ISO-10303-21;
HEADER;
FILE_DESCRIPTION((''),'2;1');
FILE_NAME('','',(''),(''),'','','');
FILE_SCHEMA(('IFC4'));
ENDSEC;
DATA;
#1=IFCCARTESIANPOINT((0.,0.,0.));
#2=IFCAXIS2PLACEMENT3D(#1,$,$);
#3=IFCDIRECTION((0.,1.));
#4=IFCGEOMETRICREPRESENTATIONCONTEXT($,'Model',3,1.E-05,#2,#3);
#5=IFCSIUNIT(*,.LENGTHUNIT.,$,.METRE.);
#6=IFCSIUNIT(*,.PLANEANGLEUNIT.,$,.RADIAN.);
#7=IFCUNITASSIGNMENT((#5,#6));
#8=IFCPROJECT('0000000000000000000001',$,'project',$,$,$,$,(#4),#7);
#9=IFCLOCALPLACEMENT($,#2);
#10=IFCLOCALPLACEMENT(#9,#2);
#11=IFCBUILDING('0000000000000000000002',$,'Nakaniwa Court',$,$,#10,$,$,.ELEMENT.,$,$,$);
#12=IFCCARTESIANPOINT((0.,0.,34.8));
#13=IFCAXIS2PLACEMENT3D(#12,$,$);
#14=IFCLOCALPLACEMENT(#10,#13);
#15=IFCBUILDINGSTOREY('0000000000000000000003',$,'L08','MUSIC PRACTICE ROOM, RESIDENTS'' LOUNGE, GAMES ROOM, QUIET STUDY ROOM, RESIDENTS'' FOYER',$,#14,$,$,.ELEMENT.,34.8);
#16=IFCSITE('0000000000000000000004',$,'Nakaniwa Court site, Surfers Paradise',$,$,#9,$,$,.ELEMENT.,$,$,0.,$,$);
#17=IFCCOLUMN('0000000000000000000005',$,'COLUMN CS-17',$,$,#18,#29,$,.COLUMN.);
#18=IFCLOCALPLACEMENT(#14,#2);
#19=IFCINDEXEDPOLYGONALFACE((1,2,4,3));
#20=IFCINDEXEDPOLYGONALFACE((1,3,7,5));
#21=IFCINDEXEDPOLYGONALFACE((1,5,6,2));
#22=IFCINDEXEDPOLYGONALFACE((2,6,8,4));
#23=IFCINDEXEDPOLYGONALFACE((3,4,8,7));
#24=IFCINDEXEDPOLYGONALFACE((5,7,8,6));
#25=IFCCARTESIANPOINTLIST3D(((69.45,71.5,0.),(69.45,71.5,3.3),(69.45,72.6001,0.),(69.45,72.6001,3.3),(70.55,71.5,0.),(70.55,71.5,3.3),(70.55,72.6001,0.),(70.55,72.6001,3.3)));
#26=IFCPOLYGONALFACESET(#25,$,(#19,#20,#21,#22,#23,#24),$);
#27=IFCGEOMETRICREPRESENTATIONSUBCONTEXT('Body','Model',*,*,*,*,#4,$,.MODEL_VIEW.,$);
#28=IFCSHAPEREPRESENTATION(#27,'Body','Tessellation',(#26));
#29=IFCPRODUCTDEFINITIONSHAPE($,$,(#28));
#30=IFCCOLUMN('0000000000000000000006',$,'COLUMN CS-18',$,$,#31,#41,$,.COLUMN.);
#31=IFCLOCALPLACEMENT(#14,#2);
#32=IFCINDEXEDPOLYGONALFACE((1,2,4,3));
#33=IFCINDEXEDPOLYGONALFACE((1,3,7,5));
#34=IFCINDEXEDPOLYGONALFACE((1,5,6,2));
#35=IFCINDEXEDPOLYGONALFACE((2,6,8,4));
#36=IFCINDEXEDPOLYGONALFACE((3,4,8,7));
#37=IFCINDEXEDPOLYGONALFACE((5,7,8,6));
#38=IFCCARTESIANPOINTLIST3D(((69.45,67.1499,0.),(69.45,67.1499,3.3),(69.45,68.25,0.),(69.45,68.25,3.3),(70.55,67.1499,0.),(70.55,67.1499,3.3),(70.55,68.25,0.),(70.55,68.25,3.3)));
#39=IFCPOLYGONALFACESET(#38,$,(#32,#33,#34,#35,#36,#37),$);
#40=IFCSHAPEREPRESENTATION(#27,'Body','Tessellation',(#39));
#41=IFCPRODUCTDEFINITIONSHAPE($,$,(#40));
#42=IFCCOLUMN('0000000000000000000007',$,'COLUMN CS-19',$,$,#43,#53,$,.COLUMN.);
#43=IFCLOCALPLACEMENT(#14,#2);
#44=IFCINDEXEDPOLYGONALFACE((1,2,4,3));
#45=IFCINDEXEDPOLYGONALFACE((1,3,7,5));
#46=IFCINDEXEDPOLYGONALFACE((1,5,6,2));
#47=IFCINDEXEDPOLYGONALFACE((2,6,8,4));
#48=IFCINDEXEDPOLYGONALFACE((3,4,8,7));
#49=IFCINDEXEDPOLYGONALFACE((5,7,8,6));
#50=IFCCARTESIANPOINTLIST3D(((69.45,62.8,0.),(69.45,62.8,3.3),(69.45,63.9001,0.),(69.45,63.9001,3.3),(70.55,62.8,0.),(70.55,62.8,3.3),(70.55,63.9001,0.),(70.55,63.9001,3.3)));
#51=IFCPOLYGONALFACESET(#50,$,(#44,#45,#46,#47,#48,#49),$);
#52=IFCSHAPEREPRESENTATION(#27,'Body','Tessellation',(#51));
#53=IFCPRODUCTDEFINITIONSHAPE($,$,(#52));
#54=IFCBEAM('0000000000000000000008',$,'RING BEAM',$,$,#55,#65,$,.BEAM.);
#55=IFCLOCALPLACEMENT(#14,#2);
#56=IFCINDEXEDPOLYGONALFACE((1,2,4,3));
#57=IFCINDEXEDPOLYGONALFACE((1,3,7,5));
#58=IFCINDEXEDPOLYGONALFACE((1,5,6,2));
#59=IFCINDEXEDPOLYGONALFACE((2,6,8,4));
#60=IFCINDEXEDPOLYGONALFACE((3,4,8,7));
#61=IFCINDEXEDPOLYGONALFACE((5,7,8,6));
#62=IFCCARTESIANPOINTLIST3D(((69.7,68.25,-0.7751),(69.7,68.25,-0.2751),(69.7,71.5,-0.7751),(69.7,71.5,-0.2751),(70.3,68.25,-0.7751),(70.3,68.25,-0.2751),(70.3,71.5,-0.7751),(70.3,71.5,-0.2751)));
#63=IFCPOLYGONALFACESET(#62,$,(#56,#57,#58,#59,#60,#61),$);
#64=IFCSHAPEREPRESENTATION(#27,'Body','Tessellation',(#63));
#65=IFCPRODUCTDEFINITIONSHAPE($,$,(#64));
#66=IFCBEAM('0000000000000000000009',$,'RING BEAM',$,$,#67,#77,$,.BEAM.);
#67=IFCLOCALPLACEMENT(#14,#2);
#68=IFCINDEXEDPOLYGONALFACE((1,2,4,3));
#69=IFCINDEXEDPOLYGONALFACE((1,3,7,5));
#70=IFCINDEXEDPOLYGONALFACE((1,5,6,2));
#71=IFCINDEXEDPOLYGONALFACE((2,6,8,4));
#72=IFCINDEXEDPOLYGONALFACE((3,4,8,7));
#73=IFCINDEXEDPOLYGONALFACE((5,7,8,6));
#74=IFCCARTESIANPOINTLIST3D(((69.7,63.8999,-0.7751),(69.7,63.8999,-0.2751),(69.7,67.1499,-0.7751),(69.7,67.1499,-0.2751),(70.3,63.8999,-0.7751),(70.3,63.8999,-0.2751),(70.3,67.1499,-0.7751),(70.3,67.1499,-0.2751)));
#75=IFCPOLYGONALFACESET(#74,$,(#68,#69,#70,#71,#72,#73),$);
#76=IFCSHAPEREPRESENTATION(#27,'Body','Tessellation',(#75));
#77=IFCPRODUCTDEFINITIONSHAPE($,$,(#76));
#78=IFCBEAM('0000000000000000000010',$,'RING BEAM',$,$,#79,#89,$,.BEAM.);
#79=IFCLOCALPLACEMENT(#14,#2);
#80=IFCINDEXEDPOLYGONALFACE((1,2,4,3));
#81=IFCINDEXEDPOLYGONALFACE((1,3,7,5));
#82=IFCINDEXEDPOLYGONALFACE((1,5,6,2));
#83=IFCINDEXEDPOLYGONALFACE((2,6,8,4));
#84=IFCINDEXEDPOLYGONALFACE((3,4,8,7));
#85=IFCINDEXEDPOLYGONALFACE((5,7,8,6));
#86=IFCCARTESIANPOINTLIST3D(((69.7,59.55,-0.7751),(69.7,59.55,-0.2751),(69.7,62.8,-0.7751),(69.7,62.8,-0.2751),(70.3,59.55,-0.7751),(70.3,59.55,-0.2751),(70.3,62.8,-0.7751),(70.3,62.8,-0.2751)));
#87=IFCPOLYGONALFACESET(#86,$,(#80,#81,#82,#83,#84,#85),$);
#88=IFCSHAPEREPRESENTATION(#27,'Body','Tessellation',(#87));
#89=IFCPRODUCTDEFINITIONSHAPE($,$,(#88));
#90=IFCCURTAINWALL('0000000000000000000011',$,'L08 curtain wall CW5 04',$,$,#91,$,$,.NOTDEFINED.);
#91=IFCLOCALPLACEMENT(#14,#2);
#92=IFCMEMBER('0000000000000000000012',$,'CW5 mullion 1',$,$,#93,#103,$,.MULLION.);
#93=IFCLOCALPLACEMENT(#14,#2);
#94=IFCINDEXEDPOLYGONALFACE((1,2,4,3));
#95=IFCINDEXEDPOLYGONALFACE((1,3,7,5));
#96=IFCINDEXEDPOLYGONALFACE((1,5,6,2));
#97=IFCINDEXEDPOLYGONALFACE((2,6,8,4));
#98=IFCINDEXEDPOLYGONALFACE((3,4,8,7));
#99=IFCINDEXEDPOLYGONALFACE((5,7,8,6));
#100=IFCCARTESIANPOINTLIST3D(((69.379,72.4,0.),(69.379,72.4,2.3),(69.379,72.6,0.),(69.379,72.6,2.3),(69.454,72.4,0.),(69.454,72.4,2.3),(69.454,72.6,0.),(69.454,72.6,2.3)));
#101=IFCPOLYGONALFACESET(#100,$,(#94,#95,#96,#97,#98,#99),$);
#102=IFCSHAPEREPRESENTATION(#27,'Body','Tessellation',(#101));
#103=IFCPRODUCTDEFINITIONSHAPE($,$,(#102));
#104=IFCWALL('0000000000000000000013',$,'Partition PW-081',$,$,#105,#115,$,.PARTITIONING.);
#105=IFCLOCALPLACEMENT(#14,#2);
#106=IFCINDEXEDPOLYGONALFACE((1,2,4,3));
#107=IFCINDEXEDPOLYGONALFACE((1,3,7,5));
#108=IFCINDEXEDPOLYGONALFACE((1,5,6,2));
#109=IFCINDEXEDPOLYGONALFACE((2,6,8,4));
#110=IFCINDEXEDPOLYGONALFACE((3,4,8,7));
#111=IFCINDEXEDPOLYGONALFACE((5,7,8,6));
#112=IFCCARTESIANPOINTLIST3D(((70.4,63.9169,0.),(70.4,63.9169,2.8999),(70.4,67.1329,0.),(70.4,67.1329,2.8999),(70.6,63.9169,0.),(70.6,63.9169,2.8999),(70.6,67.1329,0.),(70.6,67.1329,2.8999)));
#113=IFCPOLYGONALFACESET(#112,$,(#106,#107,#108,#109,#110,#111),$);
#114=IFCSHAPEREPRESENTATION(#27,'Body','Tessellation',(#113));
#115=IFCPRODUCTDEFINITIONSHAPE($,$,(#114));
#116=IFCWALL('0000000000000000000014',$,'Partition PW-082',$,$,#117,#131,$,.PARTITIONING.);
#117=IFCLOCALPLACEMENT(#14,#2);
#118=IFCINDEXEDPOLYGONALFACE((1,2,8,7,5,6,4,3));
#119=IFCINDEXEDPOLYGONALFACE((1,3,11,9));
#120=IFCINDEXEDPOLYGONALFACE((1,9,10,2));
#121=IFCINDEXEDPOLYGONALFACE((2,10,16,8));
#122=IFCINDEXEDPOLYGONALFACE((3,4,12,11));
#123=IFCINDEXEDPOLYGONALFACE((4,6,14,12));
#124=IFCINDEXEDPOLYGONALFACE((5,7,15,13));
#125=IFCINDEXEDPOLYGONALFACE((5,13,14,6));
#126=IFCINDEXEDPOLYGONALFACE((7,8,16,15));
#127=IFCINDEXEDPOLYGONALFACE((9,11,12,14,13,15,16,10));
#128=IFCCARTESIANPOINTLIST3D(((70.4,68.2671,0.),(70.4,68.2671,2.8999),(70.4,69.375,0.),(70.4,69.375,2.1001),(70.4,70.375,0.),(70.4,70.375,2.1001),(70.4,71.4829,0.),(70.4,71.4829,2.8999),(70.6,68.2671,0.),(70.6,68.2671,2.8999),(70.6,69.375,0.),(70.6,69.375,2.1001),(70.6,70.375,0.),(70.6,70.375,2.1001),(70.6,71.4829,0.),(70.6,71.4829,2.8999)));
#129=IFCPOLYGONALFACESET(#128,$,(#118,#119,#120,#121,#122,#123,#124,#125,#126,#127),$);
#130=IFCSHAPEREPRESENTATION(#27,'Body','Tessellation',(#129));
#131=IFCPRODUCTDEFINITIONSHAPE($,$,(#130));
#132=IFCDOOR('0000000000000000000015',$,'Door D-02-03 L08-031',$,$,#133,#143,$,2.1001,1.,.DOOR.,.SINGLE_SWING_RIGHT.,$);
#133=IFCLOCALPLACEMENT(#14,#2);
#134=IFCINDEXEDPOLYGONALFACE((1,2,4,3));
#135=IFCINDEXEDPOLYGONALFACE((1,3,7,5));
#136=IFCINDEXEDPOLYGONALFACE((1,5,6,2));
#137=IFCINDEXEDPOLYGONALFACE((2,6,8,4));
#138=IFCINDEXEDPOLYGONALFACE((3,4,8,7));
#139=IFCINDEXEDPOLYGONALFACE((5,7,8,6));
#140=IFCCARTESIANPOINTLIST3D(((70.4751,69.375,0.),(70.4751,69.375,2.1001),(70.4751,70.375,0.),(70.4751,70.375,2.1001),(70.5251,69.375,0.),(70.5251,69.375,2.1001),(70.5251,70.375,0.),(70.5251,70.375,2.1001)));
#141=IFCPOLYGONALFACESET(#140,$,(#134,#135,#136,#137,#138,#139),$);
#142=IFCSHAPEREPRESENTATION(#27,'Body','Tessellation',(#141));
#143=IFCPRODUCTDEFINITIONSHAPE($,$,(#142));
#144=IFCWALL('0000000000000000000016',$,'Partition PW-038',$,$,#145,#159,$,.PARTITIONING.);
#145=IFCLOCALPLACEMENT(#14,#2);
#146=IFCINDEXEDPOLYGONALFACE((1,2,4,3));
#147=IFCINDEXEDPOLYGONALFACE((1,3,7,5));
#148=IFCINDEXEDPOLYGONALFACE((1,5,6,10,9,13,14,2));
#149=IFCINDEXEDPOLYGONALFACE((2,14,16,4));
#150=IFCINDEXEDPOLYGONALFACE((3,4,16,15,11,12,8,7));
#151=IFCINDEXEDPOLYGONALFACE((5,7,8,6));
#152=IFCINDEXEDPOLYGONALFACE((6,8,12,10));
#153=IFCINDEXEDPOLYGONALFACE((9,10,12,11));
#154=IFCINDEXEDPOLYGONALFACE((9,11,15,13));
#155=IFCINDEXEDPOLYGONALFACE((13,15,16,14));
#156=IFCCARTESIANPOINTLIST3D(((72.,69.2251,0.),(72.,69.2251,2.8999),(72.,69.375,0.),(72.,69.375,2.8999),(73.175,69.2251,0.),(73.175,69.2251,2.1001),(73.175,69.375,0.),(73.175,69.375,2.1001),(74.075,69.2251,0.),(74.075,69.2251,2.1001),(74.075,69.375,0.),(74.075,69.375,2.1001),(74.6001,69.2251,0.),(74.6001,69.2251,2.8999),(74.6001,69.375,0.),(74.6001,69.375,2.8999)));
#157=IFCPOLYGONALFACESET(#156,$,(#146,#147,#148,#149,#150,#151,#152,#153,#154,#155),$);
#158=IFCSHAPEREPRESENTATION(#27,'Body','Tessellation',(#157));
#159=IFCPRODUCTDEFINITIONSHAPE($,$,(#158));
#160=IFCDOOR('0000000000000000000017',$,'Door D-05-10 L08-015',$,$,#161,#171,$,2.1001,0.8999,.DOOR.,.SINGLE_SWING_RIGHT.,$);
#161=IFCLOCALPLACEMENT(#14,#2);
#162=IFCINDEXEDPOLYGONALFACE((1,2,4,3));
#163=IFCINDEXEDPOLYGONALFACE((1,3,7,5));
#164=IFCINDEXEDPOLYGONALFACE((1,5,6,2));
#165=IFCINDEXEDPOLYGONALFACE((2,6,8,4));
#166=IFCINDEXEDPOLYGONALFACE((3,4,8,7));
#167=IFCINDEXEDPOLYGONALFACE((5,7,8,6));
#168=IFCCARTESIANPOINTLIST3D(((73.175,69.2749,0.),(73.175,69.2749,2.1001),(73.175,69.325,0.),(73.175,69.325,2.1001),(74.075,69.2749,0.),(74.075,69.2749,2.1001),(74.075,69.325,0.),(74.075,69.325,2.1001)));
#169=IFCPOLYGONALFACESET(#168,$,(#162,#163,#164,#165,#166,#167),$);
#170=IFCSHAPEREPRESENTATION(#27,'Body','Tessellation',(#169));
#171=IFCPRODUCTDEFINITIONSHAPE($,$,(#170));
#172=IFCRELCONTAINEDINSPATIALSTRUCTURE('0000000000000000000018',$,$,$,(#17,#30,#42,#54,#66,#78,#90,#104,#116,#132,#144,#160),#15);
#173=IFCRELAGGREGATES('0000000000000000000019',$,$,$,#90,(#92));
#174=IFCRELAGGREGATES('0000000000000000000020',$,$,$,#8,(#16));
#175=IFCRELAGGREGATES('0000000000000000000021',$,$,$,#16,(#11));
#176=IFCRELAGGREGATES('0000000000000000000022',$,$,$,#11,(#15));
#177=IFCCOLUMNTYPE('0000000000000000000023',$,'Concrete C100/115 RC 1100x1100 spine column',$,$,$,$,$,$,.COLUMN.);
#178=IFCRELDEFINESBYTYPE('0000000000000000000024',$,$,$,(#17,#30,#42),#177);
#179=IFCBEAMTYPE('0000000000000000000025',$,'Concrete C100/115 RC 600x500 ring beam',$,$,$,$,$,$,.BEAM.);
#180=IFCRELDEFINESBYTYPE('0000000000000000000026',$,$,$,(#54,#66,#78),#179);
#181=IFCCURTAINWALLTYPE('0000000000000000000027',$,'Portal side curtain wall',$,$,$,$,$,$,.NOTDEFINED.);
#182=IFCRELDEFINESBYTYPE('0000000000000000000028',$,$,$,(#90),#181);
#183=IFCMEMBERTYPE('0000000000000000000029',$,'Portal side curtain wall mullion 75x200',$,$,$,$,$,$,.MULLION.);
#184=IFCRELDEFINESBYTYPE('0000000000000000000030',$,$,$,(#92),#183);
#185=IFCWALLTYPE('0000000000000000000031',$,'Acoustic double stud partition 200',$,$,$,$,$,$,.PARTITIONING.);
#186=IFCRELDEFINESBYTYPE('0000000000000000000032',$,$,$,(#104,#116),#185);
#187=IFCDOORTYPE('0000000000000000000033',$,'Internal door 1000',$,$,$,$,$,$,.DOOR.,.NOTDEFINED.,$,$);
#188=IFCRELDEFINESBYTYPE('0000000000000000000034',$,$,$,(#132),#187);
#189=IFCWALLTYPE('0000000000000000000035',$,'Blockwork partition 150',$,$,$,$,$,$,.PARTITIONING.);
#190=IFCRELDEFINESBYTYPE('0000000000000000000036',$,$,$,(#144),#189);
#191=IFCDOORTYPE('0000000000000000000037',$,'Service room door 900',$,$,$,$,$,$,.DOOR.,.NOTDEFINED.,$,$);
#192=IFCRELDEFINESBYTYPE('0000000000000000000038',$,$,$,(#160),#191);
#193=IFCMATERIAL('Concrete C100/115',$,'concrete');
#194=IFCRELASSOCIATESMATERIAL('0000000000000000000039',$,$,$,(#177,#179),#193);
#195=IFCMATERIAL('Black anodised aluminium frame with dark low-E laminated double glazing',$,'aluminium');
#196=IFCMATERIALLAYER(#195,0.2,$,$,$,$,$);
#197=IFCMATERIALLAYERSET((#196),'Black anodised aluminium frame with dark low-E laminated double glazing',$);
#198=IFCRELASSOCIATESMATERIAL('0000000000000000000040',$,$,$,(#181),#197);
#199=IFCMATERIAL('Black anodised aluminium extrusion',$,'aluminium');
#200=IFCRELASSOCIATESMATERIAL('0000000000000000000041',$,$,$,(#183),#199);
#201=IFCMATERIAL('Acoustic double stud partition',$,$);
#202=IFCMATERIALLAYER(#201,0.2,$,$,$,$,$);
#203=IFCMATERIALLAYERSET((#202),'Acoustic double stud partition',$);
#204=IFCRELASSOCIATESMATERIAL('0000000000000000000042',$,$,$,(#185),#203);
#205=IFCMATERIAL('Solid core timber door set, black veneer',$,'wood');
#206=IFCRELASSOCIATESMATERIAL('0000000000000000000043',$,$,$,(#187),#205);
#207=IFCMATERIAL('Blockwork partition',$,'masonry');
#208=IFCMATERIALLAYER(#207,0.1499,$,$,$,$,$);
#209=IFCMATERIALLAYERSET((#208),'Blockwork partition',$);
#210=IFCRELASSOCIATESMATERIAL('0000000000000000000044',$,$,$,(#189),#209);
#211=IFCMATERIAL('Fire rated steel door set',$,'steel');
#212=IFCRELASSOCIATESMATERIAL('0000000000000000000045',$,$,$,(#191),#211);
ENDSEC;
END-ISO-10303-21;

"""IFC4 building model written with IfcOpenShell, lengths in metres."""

from ifc_helpers import new_model, si_unit, direction, frame, frame_2d, origin, origin_2d, place, context, subcontext, project, spatial, rectangle, extrude, material, layer, layer_set, material_profile, profile_set, type_object, element, fill, aggregate, save


model = new_model("IFC4")

# Units and contexts
model_context = context("Model", 3, precision=1e-05, world=origin(), true_north=direction((0.0, 1.0)))
body_context = subcontext(model_context, "Body", "Model", "MODEL_VIEW")
ifc_project = project(units=[si_unit("LENGTHUNIT", "METRE"), si_unit("PLANEANGLEUNIT", "RADIAN")], contexts=[model_context])

# Site, building, storey
site_placement = place(None, origin())
site = spatial("IfcSite", under=ifc_project, at=site_placement, Name="Nakaniwa Court site, Surfers Paradise", CompositionType="ELEMENT", RefElevation=0.0)
building_placement = place(site_placement, origin())
building = spatial("IfcBuilding", under=site, at=building_placement, Name="Nakaniwa Court", CompositionType="ELEMENT")
storey_placement = place(building_placement, frame((0.0, 0.0, 34.8)))
storey = spatial("IfcBuildingStorey", under=building, at=storey_placement, Name="L08", Description="MUSIC PRACTICE ROOM, RESIDENTS' LOUNGE, GAMES ROOM, QUIET STUDY ROOM, RESIDENTS' FOYER", CompositionType="ELEMENT", Elevation=34.8)

# Columns
ifc_material_1 = material(Name="Concrete C100/115", Category="concrete")
ifc_material_profile_1 = material_profile(ifc_material_1, rectangle(XDim=1.1001, YDim=1.1001, at=origin_2d()), Name="Concrete C100/115 RC 1100x1100 spine column")
ifc_profile_set_1 = profile_set([ifc_material_profile_1], Name="Concrete C100/115")
column_type = type_object("IfcColumnType", Name="Concrete C100/115 RC 1100x1100 spine column", PredefinedType="COLUMN", material=ifc_profile_set_1)
for number, where, z_axis, x_axis, name in (
    (1, (70.0, 72.05, 0.0), (0.0, 0.0, 1.0), (0.0, -1.0, 0.0), "COLUMN CS-17"),
    (2, (70.0, 67.7, 0.0), (0.0, 0.0, 1.0), (0.0, -1.0, 0.0), "COLUMN CS-18"),
    (3, (70.0, 63.3501, 0.0), (0.0, 0.0, 1.0), (0.0, -1.0, 0.0), "COLUMN CS-19"),
):
    element("IfcColumn", number, at=place(storey_placement, frame(where, z_axis=z_axis, x_axis=x_axis)), inside=storey, type_object=column_type, Name=name, PredefinedType="COLUMN", context=body_context, shape_type="SweptSolid", body=[
        extrude(rectangle(XDim=1.1001, YDim=1.1001, at=origin_2d()), origin(), (0.0, 0.0, 1.0), 3.3),
    ])

# Beams
ifc_material_profile_2 = material_profile(ifc_material_1, rectangle(XDim=0.6001, YDim=0.5, at=origin_2d()), Name="Concrete C100/115 RC 600x500 ring beam")
ifc_profile_set_2 = profile_set([ifc_material_profile_2], Name="Concrete C100/115")
beam_type = type_object("IfcBeamType", Name="Concrete C100/115 RC 600x500 ring beam", PredefinedType="BEAM", material=ifc_profile_set_2)
for number, where, z_axis, x_axis, name in (
    (4, (70.0, 71.5, -0.5251), (0.0, -1.0, 0.0), (1.0, 0.0, 0.0), "RING BEAM"),
    (5, (70.0, 67.1499, -0.5251), (0.0, -1.0, 0.0), (1.0, 0.0, 0.0), "RING BEAM"),
    (6, (70.0, 62.8, -0.5251), (0.0, -1.0, 0.0), (1.0, 0.0, 0.0), "RING BEAM"),
):
    element("IfcBeam", number, at=place(storey_placement, frame(where, z_axis=z_axis, x_axis=x_axis)), inside=storey, type_object=beam_type, Name=name, PredefinedType="BEAM", context=body_context, shape_type="SweptSolid", body=[
        extrude(rectangle(XDim=0.6001, YDim=0.5, at=origin_2d()), origin(), (0.0, 0.0, 1.0), 3.25),
    ])

# Curtain wall, member
ifc_material_2 = material(Name="Black anodised aluminium frame with dark low-E laminated double glazing", Category="aluminium")
ifc_layer_1 = layer(ifc_material_2, 0.2)
ifc_layer_set_1 = layer_set([ifc_layer_1], Name="Black anodised aluminium frame with dark low-E laminated double glazing")
curtain_wall_type = type_object("IfcCurtainWallType", Name="Portal side curtain wall", PredefinedType="NOTDEFINED", material=ifc_layer_set_1)
curtain_wall_placement = place(storey_placement, origin())
curtain_wall = element("IfcCurtainWall", 7, at=curtain_wall_placement, inside=storey, type_object=curtain_wall_type, Name="L08 curtain wall CW5 04", PredefinedType="NOTDEFINED")
ifc_material_3 = material(Name="Black anodised aluminium extrusion", Category="aluminium")
ifc_material_profile_3 = material_profile(ifc_material_3, rectangle(XDim=0.2, YDim=0.075, at=origin_2d()), Name="Portal side curtain wall mullion 75x200")
ifc_profile_set_3 = profile_set([ifc_material_profile_3], Name="Black anodised aluminium extrusion")
member_type = type_object("IfcMemberType", Name="Portal side curtain wall mullion 75x200", PredefinedType="MULLION", material=ifc_profile_set_3)
member_placement = place(storey_placement, frame((69.4165, 72.5, 0.0), z_axis=(0.0, 0.0, 1.0), x_axis=(0.0, -1.0, 0.0)))
member = element("IfcMember", 8, at=member_placement, type_object=member_type, Name="CW5 mullion 1", PredefinedType="MULLION", context=body_context, shape_type="SweptSolid", body=[
    extrude(rectangle(XDim=0.2, YDim=0.075, at=origin_2d()), origin(), (0.0, 0.0, 1.0), 2.3),
])
aggregate(curtain_wall, [member])

# Wall
ifc_material_4 = material(Name="Acoustic double stud partition")
ifc_layer_2 = layer(ifc_material_4, 0.2)
ifc_layer_set_2 = layer_set([ifc_layer_2], Name="Acoustic double stud partition")
wall_type_1 = type_object("IfcWallType", Name="Acoustic double stud partition 200", PredefinedType="PARTITIONING", material=ifc_layer_set_2)
wall_1_placement = place(storey_placement, frame((70.5, 63.917, 0.0), z_axis=(0.0, 0.0, 1.0), x_axis=(0.0, 1.0, 0.0)))
element("IfcWall", 9, at=wall_1_placement, inside=storey, type_object=wall_type_1, Name="Partition PW-081", PredefinedType="PARTITIONING", context=body_context, shape_type="SweptSolid", body=[
    extrude(rectangle(XDim=3.2161, YDim=0.2, at=frame_2d((1.6079, 0.0))), origin(), (0.0, 0.0, 1.0), 2.8999),
])

# Walls, openings, doors
wall_2_placement = place(storey_placement, frame((70.5, 68.2671, 0.0), z_axis=(0.0, 0.0, 1.0), x_axis=(0.0, 1.0, 0.0)))
wall_2 = element("IfcWall", 10, at=wall_2_placement, inside=storey, type_object=wall_type_1, Name="Partition PW-082", PredefinedType="PARTITIONING", context=body_context, shape_type="SweptSolid", body=[
    extrude(rectangle(XDim=3.2158, YDim=0.2, at=frame_2d((1.6079, 0.0))), origin(), (0.0, 0.0, 1.0), 2.8999),
])
opening_1_placement = place(wall_2_placement, frame((1.1079, 0.0, 0.0)))
opening_1 = element("IfcOpeningElement", 11, at=opening_1_placement, cuts=wall_2, PredefinedType="OPENING", context=body_context, shape_type="SweptSolid", body=[
    extrude(rectangle(XDim=1.0, YDim=2.1001, at=frame_2d((0.5, 1.05))), frame((0.0, 0.1099, 0.0), z_axis=(0.0, -1.0, 0.0), x_axis=(1.0, 0.0, 0.0)), (0.0, 0.0, 1.0), 0.22),
])
ifc_material_5 = material(Name="Solid core timber door set, black veneer", Category="wood")
door_type_1 = type_object("IfcDoorType", Name="Internal door 1000", OperationType="NOTDEFINED", PredefinedType="DOOR", material=ifc_material_5)
door_1_placement = place(opening_1_placement, origin())
door_1 = element("IfcDoor", 12, at=door_1_placement, inside=storey, type_object=door_type_1, Name="Door D-02-03 L08-031", OperationType="SINGLE_SWING_RIGHT", OverallHeight=2.1001, OverallWidth=1.0, PredefinedType="DOOR", context=body_context, shape_type="SweptSolid", body=[
    extrude(rectangle(XDim=1.0, YDim=2.1001, at=frame_2d((0.5, 1.05))), frame((0.0, 0.0249, 0.0), z_axis=(0.0, -1.0, 0.0), x_axis=(1.0, 0.0, 0.0)), (0.0, 0.0, 1.0), 0.05),
])
fill(opening_1, door_1)
ifc_material_6 = material(Name="Blockwork partition", Category="masonry")
ifc_layer_3 = layer(ifc_material_6, 0.1499)
ifc_layer_set_3 = layer_set([ifc_layer_3], Name="Blockwork partition")
wall_type_2 = type_object("IfcWallType", Name="Blockwork partition 150", PredefinedType="PARTITIONING", material=ifc_layer_set_3)
wall_3_placement = place(storey_placement, frame((72.0, 69.3, 0.0), z_axis=(0.0, 0.0, 1.0), x_axis=(1.0, 0.0, 0.0)))
wall_3 = element("IfcWall", 13, at=wall_3_placement, inside=storey, type_object=wall_type_2, Name="Partition PW-038", PredefinedType="PARTITIONING", context=body_context, shape_type="SweptSolid", body=[
    extrude(rectangle(XDim=2.6001, YDim=0.1499, at=frame_2d((1.3, 0.0))), origin(), (0.0, 0.0, 1.0), 2.8999),
])
opening_2_placement = place(wall_3_placement, frame((1.175, 0.0, 0.0)))
opening_2 = element("IfcOpeningElement", 14, at=opening_2_placement, cuts=wall_3, PredefinedType="OPENING", context=body_context, shape_type="SweptSolid", body=[
    extrude(rectangle(XDim=0.8999, YDim=2.1001, at=frame_2d((0.45, 1.05))), frame((0.0, 0.085, 0.0), z_axis=(0.0, -1.0, 0.0), x_axis=(1.0, 0.0, 0.0)), (0.0, 0.0, 1.0), 0.1699),
])
ifc_material_7 = material(Name="Fire rated steel door set", Category="steel")
door_type_2 = type_object("IfcDoorType", Name="Service room door 900", OperationType="NOTDEFINED", PredefinedType="DOOR", material=ifc_material_7)
door_2_placement = place(opening_2_placement, origin())
door_2 = element("IfcDoor", 15, at=door_2_placement, inside=storey, type_object=door_type_2, Name="Door D-05-10 L08-015", OperationType="SINGLE_SWING_RIGHT", OverallHeight=2.1001, OverallWidth=0.8999, PredefinedType="DOOR", context=body_context, shape_type="SweptSolid", body=[
    extrude(rectangle(XDim=0.8999, YDim=2.1001, at=frame_2d((0.45, 1.05))), frame((0.0, 0.0249, 0.0), z_axis=(0.0, -1.0, 0.0), x_axis=(1.0, 0.0, 0.0)), (0.0, 0.0, 1.0), 0.05),
])
fill(opening_2, door_2)

save(model, "model.ifc")
